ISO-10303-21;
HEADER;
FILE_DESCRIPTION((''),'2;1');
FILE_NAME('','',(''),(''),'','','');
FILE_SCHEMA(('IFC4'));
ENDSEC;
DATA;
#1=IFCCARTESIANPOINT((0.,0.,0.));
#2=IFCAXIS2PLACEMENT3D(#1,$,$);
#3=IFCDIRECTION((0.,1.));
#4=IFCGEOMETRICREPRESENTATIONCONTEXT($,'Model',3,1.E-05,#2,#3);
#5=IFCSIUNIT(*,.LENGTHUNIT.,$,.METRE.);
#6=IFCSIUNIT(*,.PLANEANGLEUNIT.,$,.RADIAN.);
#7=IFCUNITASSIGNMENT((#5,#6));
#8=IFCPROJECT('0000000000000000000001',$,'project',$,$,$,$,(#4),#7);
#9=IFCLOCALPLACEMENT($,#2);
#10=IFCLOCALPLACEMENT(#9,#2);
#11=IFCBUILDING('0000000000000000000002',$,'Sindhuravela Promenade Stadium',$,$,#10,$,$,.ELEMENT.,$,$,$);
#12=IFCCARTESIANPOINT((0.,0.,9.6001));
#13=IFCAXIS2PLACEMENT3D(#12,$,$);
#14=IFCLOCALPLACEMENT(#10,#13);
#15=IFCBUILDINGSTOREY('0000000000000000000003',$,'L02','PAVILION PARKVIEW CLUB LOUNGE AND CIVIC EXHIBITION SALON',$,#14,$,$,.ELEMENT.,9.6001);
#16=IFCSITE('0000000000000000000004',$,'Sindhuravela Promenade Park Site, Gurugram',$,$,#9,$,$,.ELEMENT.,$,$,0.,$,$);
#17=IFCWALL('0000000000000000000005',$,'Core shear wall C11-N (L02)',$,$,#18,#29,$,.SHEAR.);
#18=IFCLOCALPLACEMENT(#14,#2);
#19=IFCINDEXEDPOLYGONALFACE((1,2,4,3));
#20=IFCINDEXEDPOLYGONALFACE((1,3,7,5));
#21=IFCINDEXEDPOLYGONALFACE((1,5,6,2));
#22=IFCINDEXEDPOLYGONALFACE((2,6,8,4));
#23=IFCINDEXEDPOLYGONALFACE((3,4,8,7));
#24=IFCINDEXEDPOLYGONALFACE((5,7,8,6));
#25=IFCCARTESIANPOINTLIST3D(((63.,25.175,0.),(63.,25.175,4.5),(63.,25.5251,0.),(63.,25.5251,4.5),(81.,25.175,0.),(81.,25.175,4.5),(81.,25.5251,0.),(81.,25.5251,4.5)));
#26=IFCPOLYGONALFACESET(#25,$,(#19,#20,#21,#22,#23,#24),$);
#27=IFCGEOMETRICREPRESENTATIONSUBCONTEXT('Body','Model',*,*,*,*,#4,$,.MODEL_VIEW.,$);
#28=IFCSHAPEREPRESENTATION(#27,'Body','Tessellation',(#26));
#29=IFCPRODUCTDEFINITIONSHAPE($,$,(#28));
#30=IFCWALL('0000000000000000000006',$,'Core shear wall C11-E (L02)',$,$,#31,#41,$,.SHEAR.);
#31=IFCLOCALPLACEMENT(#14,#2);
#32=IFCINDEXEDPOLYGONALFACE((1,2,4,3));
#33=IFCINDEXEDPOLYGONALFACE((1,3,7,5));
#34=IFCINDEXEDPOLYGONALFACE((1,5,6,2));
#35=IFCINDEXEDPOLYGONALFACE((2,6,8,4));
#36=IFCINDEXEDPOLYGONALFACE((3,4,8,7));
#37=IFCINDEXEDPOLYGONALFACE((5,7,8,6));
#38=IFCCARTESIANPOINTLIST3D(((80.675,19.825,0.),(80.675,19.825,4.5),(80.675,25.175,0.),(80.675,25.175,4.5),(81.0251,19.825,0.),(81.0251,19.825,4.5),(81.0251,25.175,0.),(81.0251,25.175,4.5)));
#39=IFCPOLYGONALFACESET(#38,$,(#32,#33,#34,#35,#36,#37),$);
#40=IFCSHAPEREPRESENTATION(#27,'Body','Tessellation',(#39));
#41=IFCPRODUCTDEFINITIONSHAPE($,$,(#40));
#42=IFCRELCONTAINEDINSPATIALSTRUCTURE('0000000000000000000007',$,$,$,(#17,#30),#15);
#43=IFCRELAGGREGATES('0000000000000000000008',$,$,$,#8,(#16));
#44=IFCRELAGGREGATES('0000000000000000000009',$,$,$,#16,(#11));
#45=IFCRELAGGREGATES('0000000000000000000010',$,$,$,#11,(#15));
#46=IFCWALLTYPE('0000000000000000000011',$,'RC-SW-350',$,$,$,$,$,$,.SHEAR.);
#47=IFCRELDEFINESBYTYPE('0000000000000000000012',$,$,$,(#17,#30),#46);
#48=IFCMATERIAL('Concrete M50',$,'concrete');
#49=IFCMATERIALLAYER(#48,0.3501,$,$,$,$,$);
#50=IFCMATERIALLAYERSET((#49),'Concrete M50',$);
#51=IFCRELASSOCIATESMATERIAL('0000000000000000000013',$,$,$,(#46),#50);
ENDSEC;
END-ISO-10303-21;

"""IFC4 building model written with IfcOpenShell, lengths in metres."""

from ifc_helpers import new_model, si_unit, direction, frame, frame_2d, origin, place, context, subcontext, project, spatial, rectangle, extrude, material, layer, layer_set, type_object, element, save


model = new_model("IFC4")

# Units and contexts
model_context = context("Model", 3, precision=1e-05, world=origin(), true_north=direction((0.0, 1.0)))
body_context = subcontext(model_context, "Body", "Model", "MODEL_VIEW")
ifc_project = project(units=[si_unit("LENGTHUNIT", "METRE"), si_unit("PLANEANGLEUNIT", "RADIAN")], contexts=[model_context])

# Site, building, storey
site_placement = place(None, origin())
site = spatial("IfcSite", under=ifc_project, at=site_placement, Name="Sindhuravela Promenade Park Site, Gurugram", CompositionType="ELEMENT", RefElevation=0.0)
building_placement = place(site_placement, origin())
building = spatial("IfcBuilding", under=site, at=building_placement, Name="Sindhuravela Promenade Stadium", CompositionType="ELEMENT")
storey_placement = place(building_placement, frame((0.0, 0.0, 9.6001)))
storey = spatial("IfcBuildingStorey", under=building, at=storey_placement, Name="L02", Description="PAVILION PARKVIEW CLUB LOUNGE AND CIVIC EXHIBITION SALON", CompositionType="ELEMENT", Elevation=9.6001)

# Shared definitions
ifc_material_1 = material(Name="Concrete M50", Category="concrete")

# Walls
ifc_layer_1 = layer(ifc_material_1, 0.3501)
ifc_layer_set_1 = layer_set([ifc_layer_1], Name="Concrete M50")
wall_type_1 = type_object("IfcWallType", Name="RC-SW-350", PredefinedType="SHEAR", material=ifc_layer_set_1)
wall_1_placement = place(storey_placement, frame((81.0, 25.3501, 0.0), z_axis=(0.0, 0.0, 1.0), x_axis=(-1.0, 0.0, 0.0)))
element("IfcWall", 1, at=wall_1_placement, inside=storey, type_object=wall_type_1, Name="Core shear wall C11-N (L02)", PredefinedType="SHEAR", context=body_context, shape_type="SweptSolid", body=[
    extrude(rectangle(XDim=18.0, YDim=0.3501, at=frame_2d((9.0, 0.0))), origin(), (0.0, 0.0, 1.0), 4.5),
])
wall_2_placement = place(storey_placement, frame((80.8501, 19.825, 0.0), z_axis=(0.0, 0.0, 1.0), x_axis=(0.0, 1.0, 0.0)))
element("IfcWall", 2, at=wall_2_placement, inside=storey, type_object=wall_type_1, Name="Core shear wall C11-E (L02)", PredefinedType="SHEAR", context=body_context, shape_type="SweptSolid", body=[
    extrude(rectangle(XDim=5.3501, YDim=0.3501, at=frame_2d((2.675, 0.0))), origin(), (0.0, 0.0, 1.0), 4.5),
])

save(model, "model.ifc")
